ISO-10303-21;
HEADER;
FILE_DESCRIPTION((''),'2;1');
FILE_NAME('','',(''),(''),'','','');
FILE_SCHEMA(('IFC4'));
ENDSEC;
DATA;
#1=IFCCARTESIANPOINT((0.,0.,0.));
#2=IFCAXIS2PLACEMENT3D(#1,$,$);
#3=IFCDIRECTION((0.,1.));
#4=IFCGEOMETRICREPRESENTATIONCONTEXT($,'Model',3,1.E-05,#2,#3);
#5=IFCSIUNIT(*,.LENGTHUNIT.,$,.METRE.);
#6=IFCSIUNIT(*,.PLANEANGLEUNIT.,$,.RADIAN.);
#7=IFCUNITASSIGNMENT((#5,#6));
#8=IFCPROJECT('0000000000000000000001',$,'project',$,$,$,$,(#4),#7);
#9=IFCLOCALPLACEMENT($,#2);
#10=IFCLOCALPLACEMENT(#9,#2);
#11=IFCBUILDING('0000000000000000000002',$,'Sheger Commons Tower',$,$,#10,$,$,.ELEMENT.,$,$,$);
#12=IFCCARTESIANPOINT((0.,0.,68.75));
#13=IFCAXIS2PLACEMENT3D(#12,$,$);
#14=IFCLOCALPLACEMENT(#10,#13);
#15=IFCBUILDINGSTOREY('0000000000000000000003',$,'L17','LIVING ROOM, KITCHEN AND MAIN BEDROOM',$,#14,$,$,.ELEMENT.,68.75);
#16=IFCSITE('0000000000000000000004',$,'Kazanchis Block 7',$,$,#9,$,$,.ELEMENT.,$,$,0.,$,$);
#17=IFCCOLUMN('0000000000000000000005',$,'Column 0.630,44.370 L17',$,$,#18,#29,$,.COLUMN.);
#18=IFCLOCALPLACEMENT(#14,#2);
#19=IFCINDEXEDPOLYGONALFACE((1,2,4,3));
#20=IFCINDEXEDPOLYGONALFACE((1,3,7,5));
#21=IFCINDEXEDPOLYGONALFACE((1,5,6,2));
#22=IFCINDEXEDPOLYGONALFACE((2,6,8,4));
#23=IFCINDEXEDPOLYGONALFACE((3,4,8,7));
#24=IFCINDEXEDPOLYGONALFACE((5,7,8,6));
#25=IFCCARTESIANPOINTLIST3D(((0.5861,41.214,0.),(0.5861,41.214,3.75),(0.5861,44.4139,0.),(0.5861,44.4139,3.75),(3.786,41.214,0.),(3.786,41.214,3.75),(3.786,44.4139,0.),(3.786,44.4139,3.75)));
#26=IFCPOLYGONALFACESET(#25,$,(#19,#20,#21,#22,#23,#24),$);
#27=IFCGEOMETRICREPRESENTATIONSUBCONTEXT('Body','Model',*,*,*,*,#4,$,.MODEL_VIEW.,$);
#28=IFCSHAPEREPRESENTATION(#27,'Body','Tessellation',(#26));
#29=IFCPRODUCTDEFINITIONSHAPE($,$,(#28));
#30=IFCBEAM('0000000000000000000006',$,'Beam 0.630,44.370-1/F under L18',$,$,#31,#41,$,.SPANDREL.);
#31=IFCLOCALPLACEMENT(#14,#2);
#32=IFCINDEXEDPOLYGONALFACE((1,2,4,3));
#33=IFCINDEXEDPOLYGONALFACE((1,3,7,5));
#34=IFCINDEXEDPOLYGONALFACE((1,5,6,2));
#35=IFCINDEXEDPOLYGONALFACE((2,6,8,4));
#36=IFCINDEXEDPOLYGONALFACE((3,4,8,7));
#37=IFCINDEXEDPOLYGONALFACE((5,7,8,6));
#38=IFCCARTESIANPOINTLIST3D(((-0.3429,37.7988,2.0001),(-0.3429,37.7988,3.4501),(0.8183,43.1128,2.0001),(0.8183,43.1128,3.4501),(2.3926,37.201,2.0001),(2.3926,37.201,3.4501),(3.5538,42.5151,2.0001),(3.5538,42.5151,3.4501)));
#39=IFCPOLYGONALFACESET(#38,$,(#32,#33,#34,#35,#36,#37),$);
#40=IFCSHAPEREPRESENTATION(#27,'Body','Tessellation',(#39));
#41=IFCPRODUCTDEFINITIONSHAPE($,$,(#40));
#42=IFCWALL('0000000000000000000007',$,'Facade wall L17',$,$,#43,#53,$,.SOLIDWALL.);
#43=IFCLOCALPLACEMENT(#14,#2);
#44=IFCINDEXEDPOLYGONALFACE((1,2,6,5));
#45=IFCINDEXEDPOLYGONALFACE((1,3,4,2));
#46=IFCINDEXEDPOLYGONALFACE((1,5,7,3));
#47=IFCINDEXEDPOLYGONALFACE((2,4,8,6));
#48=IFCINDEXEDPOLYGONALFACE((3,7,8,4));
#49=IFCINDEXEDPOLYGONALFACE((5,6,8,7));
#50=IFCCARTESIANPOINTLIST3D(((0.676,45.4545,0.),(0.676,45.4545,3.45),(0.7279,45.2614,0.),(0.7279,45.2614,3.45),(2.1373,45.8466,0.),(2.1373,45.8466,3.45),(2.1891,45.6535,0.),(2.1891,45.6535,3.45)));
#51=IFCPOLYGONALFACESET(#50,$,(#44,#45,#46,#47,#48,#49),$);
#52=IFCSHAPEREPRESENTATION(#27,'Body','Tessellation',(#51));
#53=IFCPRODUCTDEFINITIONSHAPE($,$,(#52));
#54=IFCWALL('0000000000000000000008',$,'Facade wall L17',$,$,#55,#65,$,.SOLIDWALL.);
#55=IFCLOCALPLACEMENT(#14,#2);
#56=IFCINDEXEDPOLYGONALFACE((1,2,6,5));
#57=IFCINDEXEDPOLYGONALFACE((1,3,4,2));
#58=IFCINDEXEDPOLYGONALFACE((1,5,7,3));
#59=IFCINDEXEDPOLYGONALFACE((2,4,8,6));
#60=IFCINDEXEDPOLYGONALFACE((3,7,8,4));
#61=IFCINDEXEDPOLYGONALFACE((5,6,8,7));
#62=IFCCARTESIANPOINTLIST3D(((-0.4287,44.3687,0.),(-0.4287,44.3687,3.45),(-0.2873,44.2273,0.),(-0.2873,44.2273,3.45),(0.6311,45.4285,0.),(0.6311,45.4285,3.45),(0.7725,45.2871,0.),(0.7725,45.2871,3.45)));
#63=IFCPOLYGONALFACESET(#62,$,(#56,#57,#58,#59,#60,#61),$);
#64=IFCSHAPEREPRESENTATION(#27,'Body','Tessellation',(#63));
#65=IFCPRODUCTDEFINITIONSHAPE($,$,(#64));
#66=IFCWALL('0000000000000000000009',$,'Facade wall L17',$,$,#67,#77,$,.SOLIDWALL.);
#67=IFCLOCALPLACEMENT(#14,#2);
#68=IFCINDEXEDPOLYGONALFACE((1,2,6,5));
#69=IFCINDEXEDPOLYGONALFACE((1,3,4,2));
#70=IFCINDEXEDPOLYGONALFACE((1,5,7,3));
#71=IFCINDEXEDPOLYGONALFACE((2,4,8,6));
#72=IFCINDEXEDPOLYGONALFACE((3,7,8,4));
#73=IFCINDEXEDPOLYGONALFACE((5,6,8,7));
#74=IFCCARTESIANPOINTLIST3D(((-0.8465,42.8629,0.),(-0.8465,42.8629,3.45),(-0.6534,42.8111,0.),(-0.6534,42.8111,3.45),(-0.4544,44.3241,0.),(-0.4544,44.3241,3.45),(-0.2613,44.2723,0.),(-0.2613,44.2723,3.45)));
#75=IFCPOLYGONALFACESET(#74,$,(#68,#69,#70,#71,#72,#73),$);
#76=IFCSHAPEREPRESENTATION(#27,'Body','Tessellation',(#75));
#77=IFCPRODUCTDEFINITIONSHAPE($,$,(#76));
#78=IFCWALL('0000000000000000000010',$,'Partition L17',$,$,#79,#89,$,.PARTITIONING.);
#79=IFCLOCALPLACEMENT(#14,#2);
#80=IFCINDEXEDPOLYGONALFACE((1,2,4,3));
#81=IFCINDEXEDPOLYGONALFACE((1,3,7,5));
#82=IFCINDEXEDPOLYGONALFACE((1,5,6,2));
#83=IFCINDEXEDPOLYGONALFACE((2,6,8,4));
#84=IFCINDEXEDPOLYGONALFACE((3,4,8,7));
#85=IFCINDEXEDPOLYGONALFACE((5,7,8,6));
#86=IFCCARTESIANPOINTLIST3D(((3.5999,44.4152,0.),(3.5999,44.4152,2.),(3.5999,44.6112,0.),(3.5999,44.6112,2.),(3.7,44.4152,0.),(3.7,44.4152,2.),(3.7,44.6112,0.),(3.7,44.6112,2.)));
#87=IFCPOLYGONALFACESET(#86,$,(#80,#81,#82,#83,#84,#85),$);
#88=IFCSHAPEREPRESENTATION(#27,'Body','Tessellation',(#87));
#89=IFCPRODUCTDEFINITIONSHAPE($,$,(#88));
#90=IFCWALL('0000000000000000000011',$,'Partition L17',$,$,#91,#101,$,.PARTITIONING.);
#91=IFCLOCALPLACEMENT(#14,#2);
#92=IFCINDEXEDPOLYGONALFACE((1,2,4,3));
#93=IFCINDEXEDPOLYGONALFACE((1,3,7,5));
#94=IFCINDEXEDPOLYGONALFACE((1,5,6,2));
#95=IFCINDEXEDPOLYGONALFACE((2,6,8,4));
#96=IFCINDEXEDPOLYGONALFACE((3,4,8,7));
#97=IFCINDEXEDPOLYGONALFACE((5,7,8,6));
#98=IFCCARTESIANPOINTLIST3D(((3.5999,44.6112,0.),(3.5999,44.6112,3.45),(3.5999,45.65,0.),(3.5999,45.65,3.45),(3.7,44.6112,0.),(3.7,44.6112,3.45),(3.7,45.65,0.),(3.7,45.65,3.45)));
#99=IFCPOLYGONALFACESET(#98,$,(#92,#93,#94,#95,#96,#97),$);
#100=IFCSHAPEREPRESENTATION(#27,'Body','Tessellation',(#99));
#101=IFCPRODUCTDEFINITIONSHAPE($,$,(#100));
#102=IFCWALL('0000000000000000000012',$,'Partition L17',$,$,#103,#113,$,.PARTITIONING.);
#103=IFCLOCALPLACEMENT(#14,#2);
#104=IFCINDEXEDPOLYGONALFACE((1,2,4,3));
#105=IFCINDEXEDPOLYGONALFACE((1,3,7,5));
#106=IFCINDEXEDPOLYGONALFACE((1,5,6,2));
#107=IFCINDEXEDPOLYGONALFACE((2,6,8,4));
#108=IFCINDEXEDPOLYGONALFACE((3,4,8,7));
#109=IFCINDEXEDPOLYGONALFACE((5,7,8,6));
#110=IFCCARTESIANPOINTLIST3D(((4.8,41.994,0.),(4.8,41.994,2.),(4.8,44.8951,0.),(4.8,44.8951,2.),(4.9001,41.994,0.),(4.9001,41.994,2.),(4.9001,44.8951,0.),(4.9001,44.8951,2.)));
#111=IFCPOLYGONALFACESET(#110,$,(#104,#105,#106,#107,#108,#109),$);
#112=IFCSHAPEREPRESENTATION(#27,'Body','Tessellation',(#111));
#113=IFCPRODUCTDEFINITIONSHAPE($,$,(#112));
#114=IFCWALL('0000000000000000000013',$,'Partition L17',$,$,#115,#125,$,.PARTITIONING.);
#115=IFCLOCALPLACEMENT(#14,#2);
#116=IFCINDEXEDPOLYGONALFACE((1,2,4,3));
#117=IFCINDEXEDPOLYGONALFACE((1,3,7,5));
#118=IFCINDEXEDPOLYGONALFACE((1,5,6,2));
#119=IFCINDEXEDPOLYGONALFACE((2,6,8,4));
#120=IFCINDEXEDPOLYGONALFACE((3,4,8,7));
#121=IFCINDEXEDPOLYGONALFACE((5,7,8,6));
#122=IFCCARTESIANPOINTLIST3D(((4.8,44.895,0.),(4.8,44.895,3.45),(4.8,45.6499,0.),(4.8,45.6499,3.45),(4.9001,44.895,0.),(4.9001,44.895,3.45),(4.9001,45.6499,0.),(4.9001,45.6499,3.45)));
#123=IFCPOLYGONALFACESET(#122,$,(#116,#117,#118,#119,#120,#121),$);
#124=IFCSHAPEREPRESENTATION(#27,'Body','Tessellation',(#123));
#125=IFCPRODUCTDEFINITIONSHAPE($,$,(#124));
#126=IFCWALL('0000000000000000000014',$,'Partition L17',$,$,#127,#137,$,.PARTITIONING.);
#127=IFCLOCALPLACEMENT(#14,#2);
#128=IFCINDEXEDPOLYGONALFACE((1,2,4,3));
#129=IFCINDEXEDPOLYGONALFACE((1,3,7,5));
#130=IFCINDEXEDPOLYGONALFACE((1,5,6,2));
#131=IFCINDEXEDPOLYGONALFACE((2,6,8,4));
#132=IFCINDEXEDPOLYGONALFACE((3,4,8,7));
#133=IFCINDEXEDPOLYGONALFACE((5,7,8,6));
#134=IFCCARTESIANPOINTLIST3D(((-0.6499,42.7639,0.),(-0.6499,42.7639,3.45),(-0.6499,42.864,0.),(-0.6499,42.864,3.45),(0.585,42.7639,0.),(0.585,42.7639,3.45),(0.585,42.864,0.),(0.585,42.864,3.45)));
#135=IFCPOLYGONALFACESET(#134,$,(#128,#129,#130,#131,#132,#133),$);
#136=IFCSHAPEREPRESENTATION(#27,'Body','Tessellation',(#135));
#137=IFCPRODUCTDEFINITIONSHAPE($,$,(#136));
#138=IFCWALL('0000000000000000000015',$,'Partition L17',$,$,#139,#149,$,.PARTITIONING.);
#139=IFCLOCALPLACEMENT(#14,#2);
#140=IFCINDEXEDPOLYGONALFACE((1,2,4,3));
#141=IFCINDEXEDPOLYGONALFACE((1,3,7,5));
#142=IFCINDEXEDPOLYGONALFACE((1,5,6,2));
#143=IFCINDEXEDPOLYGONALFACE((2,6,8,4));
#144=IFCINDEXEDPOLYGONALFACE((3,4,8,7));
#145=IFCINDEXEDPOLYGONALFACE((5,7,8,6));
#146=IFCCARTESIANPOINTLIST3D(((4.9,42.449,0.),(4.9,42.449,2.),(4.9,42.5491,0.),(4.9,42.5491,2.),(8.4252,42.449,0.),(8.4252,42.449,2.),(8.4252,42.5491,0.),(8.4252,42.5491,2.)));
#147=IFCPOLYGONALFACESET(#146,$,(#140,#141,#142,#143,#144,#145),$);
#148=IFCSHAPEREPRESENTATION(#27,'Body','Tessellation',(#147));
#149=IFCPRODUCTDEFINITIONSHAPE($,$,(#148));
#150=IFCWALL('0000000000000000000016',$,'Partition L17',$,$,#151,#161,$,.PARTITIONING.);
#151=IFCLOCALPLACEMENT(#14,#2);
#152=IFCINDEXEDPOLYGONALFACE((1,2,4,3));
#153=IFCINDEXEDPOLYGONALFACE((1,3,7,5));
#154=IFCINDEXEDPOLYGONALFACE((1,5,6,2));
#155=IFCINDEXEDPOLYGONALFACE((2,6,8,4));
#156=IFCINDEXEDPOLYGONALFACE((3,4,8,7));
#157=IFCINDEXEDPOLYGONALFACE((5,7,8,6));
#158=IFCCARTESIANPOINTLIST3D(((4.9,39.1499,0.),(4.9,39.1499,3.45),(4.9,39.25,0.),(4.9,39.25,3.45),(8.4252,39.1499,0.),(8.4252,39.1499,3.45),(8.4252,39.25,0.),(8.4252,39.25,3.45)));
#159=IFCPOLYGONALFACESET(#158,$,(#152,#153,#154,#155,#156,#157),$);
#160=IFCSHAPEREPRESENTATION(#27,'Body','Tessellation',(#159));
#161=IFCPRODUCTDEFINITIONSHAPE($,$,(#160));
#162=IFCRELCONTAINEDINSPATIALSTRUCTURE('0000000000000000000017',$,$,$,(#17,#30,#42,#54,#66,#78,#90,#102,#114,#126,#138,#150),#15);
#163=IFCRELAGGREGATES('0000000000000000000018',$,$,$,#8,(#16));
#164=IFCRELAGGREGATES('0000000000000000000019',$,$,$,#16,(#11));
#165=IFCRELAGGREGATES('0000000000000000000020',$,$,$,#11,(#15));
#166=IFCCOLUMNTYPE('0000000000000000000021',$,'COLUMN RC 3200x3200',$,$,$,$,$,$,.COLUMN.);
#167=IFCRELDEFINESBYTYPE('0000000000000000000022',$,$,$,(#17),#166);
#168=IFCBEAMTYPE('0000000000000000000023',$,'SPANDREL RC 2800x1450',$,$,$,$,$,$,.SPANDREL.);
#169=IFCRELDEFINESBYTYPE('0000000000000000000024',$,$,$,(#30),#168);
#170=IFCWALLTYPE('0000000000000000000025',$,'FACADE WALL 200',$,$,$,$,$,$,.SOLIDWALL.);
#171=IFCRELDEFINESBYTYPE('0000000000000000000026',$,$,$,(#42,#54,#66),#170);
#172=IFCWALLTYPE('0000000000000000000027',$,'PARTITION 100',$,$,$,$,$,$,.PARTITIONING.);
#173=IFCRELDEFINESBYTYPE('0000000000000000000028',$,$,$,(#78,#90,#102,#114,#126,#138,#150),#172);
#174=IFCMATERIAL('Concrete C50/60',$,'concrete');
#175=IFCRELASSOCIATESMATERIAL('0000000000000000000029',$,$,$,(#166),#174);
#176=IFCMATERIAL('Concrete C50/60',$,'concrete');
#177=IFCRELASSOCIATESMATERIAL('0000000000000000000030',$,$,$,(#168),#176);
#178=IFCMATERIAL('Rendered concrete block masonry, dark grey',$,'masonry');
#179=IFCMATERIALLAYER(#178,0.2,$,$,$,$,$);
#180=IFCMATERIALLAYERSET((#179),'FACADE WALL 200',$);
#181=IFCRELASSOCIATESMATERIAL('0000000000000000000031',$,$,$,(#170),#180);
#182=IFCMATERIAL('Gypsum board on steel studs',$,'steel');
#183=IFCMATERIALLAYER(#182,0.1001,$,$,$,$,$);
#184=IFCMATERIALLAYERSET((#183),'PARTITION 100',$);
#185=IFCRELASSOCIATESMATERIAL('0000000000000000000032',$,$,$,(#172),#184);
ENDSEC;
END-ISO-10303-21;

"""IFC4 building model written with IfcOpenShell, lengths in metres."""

from ifc_helpers import new_model, si_unit, direction, frame, frame_2d, origin, origin_2d, place, context, subcontext, project, spatial, rectangle, extrude, material, layer, layer_set, material_profile, profile_set, type_object, element, save


model = new_model("IFC4")

# Units and contexts
model_context = context("Model", 3, precision=1e-05, world=origin(), true_north=direction((0.0, 1.0)))
body_context = subcontext(model_context, "Body", "Model", "MODEL_VIEW")
ifc_project = project(units=[si_unit("LENGTHUNIT", "METRE"), si_unit("PLANEANGLEUNIT", "RADIAN")], contexts=[model_context])

# Site, building, storey
site_placement = place(None, origin())
site = spatial("IfcSite", under=ifc_project, at=site_placement, Name="Kazanchis Block 7", CompositionType="ELEMENT", RefElevation=0.0)
building_placement = place(site_placement, origin())
building = spatial("IfcBuilding", under=site, at=building_placement, Name="Sheger Commons Tower", CompositionType="ELEMENT")
storey_placement = place(building_placement, frame((0.0, 0.0, 68.75)))
storey = spatial("IfcBuildingStorey", under=building, at=storey_placement, Name="L17", Description="LIVING ROOM, KITCHEN AND MAIN BEDROOM", CompositionType="ELEMENT", Elevation=68.75)

# Column
ifc_material_1 = material(Name="Concrete C50/60", Category="concrete")
ifc_material_profile_1 = material_profile(ifc_material_1, rectangle(XDim=3.2, YDim=3.2, at=origin_2d()), Name="RC 3200x3200")
ifc_profile_set_1 = profile_set([ifc_material_profile_1], Name="Concrete C50/60")
column_type = type_object("IfcColumnType", Name="COLUMN RC 3200x3200", PredefinedType="COLUMN", material=ifc_profile_set_1)
column_placement = place(storey_placement, frame((2.186, 42.814, 0.0), z_axis=(0.0, 0.0, 1.0), x_axis=(1.0, 0.0, 0.0)))
element("IfcColumn", 1, at=column_placement, inside=storey, type_object=column_type, Name="Column 0.630,44.370 L17", PredefinedType="COLUMN", context=body_context, shape_type="SweptSolid", body=[
    extrude(rectangle(XDim=3.2, YDim=3.2, at=origin_2d()), origin(), (0.0, 0.0, 1.0), 3.75),
])

# Beam
ifc_material_2 = material(Name="Concrete C50/60", Category="concrete")
ifc_material_profile_2 = material_profile(ifc_material_2, rectangle(XDim=2.8, YDim=1.45, at=origin_2d()), Name="RC 2800x1450")
ifc_profile_set_2 = profile_set([ifc_material_profile_2], Name="Concrete C50/60")
beam_type = type_object("IfcBeamType", Name="SPANDREL RC 2800x1450", PredefinedType="SPANDREL", material=ifc_profile_set_2)
beam_placement = place(storey_placement, frame((2.186, 42.814, 2.7251), z_axis=(-0.213469, -0.97695, 0.0), x_axis=(0.97695, -0.213469, 0.0)))
element("IfcBeam", 2, at=beam_placement, inside=storey, type_object=beam_type, Name="Beam 0.630,44.370-1/F under L18", PredefinedType="SPANDREL", context=body_context, shape_type="SweptSolid", body=[
    extrude(rectangle(XDim=2.8, YDim=1.45, at=origin_2d()), origin(), (0.0, 0.0, 1.0), 5.4395),
])

# Walls
ifc_material_3 = material(Name="Rendered concrete block masonry, dark grey", Category="masonry")
ifc_layer_1 = layer(ifc_material_3, 0.2)
ifc_layer_set_1 = layer_set([ifc_layer_1], Name="FACADE WALL 200")
wall_type_1 = type_object("IfcWallType", Name="FACADE WALL 200", PredefinedType="SOLIDWALL", material=ifc_layer_set_1)
wall_1_placement = place(storey_placement, frame((2.1631, 45.75, 0.0), z_axis=(0.0, 0.0, 1.0), x_axis=(-0.965832, -0.259169, 0.0)))
element("IfcWall", 3, at=wall_1_placement, inside=storey, type_object=wall_type_1, Name="Facade wall L17", PredefinedType="SOLIDWALL", context=body_context, shape_type="SweptSolid", body=[
    extrude(rectangle(XDim=1.5129, YDim=0.2, at=frame_2d((0.7563, 0.0))), origin(), (0.0, 0.0, 1.0), 3.45),
])
wall_2_placement = place(storey_placement, frame((0.7019, 45.3579, 0.0), z_axis=(0.0, 0.0, 1.0), x_axis=(-0.707107, -0.707107, 0.0)))
element("IfcWall", 4, at=wall_2_placement, inside=storey, type_object=wall_type_1, Name="Facade wall L17", PredefinedType="SOLIDWALL", context=body_context, shape_type="SweptSolid", body=[
    extrude(rectangle(XDim=1.4988, YDim=0.2, at=frame_2d((0.7495, 0.0))), origin(), (0.0, 0.0, 1.0), 3.45),
])
wall_3_placement = place(storey_placement, frame((-0.3579, 44.2981, 0.0), z_axis=(0.0, 0.0, 1.0), x_axis=(-0.259169, -0.965832, 0.0)))
element("IfcWall", 5, at=wall_3_placement, inside=storey, type_object=wall_type_1, Name="Facade wall L17", PredefinedType="SOLIDWALL", context=body_context, shape_type="SweptSolid", body=[
    extrude(rectangle(XDim=1.5129, YDim=0.2, at=frame_2d((0.7563, 0.0))), origin(), (0.0, 0.0, 1.0), 3.45),
])

# Walls
ifc_material_4 = material(Name="Gypsum board on steel studs", Category="steel")
ifc_layer_2 = layer(ifc_material_4, 0.1001)
ifc_layer_set_2 = layer_set([ifc_layer_2], Name="PARTITION 100")
wall_type_2 = type_object("IfcWallType", Name="PARTITION 100", PredefinedType="PARTITIONING", material=ifc_layer_set_2)
wall_4_placement = place(storey_placement, frame((3.6499, 44.415, 0.0), z_axis=(0.0, 0.0, 1.0), x_axis=(0.0, 1.0, 0.0)))
element("IfcWall", 6, at=wall_4_placement, inside=storey, type_object=wall_type_2, Name="Partition L17", PredefinedType="PARTITIONING", context=body_context, shape_type="SweptSolid", body=[
    extrude(rectangle(XDim=0.196, YDim=0.1001, at=frame_2d((0.0981, 0.0))), origin(), (0.0, 0.0, 1.0), 2.0),
])
wall_5_placement = place(storey_placement, frame((3.6499, 44.6111, 0.0), z_axis=(0.0, 0.0, 1.0), x_axis=(0.0, 1.0, 0.0)))
element("IfcWall", 7, at=wall_5_placement, inside=storey, type_object=wall_type_2, Name="Partition L17", PredefinedType="PARTITIONING", context=body_context, shape_type="SweptSolid", body=[
    extrude(rectangle(XDim=1.0388, YDim=0.1001, at=frame_2d((0.5195, 0.0))), origin(), (0.0, 0.0, 1.0), 3.45),
])
wall_6_placement = place(storey_placement, frame((4.8501, 41.9939, 0.0), z_axis=(0.0, 0.0, 1.0), x_axis=(0.0, 1.0, 0.0)))
element("IfcWall", 8, at=wall_6_placement, inside=storey, type_object=wall_type_2, Name="Partition L17", PredefinedType="PARTITIONING", context=body_context, shape_type="SweptSolid", body=[
    extrude(rectangle(XDim=2.9011, YDim=0.1001, at=frame_2d((1.4507, 0.0))), origin(), (0.0, 0.0, 1.0), 2.0),
])
wall_7_placement = place(storey_placement, frame((4.8501, 44.895, 0.0), z_axis=(0.0, 0.0, 1.0), x_axis=(0.0, 1.0, 0.0)))
element("IfcWall", 9, at=wall_7_placement, inside=storey, type_object=wall_type_2, Name="Partition L17", PredefinedType="PARTITIONING", context=body_context, shape_type="SweptSolid", body=[
    extrude(rectangle(XDim=0.7549, YDim=0.1001, at=frame_2d((0.3774, 0.0))), origin(), (0.0, 0.0, 1.0), 3.45),
])
wall_8_placement = place(storey_placement, frame((-0.6499, 42.814, 0.0), z_axis=(0.0, 0.0, 1.0), x_axis=(1.0, 0.0, 0.0)))
element("IfcWall", 10, at=wall_8_placement, inside=storey, type_object=wall_type_2, Name="Partition L17", PredefinedType="PARTITIONING", context=body_context, shape_type="SweptSolid", body=[
    extrude(rectangle(XDim=1.2349, YDim=0.1001, at=frame_2d((0.6174, 0.0))), origin(), (0.0, 0.0, 1.0), 3.45),
])
wall_9_placement = place(storey_placement, frame((4.8999, 42.499, 0.0), z_axis=(0.0, 0.0, 1.0), x_axis=(1.0, 0.0, 0.0)))
element("IfcWall", 11, at=wall_9_placement, inside=storey, type_object=wall_type_2, Name="Partition L17", PredefinedType="PARTITIONING", context=body_context, shape_type="SweptSolid", body=[
    extrude(rectangle(XDim=3.5251, YDim=0.1001, at=frame_2d((1.7627, 0.0))), origin(), (0.0, 0.0, 1.0), 2.0),
])
wall_10_placement = place(storey_placement, frame((4.8999, 39.2, 0.0), z_axis=(0.0, 0.0, 1.0), x_axis=(1.0, 0.0, 0.0)))
element("IfcWall", 12, at=wall_10_placement, inside=storey, type_object=wall_type_2, Name="Partition L17", PredefinedType="PARTITIONING", context=body_context, shape_type="SweptSolid", body=[
    extrude(rectangle(XDim=3.5251, YDim=0.1001, at=frame_2d((1.7627, 0.0))), origin(), (0.0, 0.0, 1.0), 3.45),
])

save(model, "model.ifc")
